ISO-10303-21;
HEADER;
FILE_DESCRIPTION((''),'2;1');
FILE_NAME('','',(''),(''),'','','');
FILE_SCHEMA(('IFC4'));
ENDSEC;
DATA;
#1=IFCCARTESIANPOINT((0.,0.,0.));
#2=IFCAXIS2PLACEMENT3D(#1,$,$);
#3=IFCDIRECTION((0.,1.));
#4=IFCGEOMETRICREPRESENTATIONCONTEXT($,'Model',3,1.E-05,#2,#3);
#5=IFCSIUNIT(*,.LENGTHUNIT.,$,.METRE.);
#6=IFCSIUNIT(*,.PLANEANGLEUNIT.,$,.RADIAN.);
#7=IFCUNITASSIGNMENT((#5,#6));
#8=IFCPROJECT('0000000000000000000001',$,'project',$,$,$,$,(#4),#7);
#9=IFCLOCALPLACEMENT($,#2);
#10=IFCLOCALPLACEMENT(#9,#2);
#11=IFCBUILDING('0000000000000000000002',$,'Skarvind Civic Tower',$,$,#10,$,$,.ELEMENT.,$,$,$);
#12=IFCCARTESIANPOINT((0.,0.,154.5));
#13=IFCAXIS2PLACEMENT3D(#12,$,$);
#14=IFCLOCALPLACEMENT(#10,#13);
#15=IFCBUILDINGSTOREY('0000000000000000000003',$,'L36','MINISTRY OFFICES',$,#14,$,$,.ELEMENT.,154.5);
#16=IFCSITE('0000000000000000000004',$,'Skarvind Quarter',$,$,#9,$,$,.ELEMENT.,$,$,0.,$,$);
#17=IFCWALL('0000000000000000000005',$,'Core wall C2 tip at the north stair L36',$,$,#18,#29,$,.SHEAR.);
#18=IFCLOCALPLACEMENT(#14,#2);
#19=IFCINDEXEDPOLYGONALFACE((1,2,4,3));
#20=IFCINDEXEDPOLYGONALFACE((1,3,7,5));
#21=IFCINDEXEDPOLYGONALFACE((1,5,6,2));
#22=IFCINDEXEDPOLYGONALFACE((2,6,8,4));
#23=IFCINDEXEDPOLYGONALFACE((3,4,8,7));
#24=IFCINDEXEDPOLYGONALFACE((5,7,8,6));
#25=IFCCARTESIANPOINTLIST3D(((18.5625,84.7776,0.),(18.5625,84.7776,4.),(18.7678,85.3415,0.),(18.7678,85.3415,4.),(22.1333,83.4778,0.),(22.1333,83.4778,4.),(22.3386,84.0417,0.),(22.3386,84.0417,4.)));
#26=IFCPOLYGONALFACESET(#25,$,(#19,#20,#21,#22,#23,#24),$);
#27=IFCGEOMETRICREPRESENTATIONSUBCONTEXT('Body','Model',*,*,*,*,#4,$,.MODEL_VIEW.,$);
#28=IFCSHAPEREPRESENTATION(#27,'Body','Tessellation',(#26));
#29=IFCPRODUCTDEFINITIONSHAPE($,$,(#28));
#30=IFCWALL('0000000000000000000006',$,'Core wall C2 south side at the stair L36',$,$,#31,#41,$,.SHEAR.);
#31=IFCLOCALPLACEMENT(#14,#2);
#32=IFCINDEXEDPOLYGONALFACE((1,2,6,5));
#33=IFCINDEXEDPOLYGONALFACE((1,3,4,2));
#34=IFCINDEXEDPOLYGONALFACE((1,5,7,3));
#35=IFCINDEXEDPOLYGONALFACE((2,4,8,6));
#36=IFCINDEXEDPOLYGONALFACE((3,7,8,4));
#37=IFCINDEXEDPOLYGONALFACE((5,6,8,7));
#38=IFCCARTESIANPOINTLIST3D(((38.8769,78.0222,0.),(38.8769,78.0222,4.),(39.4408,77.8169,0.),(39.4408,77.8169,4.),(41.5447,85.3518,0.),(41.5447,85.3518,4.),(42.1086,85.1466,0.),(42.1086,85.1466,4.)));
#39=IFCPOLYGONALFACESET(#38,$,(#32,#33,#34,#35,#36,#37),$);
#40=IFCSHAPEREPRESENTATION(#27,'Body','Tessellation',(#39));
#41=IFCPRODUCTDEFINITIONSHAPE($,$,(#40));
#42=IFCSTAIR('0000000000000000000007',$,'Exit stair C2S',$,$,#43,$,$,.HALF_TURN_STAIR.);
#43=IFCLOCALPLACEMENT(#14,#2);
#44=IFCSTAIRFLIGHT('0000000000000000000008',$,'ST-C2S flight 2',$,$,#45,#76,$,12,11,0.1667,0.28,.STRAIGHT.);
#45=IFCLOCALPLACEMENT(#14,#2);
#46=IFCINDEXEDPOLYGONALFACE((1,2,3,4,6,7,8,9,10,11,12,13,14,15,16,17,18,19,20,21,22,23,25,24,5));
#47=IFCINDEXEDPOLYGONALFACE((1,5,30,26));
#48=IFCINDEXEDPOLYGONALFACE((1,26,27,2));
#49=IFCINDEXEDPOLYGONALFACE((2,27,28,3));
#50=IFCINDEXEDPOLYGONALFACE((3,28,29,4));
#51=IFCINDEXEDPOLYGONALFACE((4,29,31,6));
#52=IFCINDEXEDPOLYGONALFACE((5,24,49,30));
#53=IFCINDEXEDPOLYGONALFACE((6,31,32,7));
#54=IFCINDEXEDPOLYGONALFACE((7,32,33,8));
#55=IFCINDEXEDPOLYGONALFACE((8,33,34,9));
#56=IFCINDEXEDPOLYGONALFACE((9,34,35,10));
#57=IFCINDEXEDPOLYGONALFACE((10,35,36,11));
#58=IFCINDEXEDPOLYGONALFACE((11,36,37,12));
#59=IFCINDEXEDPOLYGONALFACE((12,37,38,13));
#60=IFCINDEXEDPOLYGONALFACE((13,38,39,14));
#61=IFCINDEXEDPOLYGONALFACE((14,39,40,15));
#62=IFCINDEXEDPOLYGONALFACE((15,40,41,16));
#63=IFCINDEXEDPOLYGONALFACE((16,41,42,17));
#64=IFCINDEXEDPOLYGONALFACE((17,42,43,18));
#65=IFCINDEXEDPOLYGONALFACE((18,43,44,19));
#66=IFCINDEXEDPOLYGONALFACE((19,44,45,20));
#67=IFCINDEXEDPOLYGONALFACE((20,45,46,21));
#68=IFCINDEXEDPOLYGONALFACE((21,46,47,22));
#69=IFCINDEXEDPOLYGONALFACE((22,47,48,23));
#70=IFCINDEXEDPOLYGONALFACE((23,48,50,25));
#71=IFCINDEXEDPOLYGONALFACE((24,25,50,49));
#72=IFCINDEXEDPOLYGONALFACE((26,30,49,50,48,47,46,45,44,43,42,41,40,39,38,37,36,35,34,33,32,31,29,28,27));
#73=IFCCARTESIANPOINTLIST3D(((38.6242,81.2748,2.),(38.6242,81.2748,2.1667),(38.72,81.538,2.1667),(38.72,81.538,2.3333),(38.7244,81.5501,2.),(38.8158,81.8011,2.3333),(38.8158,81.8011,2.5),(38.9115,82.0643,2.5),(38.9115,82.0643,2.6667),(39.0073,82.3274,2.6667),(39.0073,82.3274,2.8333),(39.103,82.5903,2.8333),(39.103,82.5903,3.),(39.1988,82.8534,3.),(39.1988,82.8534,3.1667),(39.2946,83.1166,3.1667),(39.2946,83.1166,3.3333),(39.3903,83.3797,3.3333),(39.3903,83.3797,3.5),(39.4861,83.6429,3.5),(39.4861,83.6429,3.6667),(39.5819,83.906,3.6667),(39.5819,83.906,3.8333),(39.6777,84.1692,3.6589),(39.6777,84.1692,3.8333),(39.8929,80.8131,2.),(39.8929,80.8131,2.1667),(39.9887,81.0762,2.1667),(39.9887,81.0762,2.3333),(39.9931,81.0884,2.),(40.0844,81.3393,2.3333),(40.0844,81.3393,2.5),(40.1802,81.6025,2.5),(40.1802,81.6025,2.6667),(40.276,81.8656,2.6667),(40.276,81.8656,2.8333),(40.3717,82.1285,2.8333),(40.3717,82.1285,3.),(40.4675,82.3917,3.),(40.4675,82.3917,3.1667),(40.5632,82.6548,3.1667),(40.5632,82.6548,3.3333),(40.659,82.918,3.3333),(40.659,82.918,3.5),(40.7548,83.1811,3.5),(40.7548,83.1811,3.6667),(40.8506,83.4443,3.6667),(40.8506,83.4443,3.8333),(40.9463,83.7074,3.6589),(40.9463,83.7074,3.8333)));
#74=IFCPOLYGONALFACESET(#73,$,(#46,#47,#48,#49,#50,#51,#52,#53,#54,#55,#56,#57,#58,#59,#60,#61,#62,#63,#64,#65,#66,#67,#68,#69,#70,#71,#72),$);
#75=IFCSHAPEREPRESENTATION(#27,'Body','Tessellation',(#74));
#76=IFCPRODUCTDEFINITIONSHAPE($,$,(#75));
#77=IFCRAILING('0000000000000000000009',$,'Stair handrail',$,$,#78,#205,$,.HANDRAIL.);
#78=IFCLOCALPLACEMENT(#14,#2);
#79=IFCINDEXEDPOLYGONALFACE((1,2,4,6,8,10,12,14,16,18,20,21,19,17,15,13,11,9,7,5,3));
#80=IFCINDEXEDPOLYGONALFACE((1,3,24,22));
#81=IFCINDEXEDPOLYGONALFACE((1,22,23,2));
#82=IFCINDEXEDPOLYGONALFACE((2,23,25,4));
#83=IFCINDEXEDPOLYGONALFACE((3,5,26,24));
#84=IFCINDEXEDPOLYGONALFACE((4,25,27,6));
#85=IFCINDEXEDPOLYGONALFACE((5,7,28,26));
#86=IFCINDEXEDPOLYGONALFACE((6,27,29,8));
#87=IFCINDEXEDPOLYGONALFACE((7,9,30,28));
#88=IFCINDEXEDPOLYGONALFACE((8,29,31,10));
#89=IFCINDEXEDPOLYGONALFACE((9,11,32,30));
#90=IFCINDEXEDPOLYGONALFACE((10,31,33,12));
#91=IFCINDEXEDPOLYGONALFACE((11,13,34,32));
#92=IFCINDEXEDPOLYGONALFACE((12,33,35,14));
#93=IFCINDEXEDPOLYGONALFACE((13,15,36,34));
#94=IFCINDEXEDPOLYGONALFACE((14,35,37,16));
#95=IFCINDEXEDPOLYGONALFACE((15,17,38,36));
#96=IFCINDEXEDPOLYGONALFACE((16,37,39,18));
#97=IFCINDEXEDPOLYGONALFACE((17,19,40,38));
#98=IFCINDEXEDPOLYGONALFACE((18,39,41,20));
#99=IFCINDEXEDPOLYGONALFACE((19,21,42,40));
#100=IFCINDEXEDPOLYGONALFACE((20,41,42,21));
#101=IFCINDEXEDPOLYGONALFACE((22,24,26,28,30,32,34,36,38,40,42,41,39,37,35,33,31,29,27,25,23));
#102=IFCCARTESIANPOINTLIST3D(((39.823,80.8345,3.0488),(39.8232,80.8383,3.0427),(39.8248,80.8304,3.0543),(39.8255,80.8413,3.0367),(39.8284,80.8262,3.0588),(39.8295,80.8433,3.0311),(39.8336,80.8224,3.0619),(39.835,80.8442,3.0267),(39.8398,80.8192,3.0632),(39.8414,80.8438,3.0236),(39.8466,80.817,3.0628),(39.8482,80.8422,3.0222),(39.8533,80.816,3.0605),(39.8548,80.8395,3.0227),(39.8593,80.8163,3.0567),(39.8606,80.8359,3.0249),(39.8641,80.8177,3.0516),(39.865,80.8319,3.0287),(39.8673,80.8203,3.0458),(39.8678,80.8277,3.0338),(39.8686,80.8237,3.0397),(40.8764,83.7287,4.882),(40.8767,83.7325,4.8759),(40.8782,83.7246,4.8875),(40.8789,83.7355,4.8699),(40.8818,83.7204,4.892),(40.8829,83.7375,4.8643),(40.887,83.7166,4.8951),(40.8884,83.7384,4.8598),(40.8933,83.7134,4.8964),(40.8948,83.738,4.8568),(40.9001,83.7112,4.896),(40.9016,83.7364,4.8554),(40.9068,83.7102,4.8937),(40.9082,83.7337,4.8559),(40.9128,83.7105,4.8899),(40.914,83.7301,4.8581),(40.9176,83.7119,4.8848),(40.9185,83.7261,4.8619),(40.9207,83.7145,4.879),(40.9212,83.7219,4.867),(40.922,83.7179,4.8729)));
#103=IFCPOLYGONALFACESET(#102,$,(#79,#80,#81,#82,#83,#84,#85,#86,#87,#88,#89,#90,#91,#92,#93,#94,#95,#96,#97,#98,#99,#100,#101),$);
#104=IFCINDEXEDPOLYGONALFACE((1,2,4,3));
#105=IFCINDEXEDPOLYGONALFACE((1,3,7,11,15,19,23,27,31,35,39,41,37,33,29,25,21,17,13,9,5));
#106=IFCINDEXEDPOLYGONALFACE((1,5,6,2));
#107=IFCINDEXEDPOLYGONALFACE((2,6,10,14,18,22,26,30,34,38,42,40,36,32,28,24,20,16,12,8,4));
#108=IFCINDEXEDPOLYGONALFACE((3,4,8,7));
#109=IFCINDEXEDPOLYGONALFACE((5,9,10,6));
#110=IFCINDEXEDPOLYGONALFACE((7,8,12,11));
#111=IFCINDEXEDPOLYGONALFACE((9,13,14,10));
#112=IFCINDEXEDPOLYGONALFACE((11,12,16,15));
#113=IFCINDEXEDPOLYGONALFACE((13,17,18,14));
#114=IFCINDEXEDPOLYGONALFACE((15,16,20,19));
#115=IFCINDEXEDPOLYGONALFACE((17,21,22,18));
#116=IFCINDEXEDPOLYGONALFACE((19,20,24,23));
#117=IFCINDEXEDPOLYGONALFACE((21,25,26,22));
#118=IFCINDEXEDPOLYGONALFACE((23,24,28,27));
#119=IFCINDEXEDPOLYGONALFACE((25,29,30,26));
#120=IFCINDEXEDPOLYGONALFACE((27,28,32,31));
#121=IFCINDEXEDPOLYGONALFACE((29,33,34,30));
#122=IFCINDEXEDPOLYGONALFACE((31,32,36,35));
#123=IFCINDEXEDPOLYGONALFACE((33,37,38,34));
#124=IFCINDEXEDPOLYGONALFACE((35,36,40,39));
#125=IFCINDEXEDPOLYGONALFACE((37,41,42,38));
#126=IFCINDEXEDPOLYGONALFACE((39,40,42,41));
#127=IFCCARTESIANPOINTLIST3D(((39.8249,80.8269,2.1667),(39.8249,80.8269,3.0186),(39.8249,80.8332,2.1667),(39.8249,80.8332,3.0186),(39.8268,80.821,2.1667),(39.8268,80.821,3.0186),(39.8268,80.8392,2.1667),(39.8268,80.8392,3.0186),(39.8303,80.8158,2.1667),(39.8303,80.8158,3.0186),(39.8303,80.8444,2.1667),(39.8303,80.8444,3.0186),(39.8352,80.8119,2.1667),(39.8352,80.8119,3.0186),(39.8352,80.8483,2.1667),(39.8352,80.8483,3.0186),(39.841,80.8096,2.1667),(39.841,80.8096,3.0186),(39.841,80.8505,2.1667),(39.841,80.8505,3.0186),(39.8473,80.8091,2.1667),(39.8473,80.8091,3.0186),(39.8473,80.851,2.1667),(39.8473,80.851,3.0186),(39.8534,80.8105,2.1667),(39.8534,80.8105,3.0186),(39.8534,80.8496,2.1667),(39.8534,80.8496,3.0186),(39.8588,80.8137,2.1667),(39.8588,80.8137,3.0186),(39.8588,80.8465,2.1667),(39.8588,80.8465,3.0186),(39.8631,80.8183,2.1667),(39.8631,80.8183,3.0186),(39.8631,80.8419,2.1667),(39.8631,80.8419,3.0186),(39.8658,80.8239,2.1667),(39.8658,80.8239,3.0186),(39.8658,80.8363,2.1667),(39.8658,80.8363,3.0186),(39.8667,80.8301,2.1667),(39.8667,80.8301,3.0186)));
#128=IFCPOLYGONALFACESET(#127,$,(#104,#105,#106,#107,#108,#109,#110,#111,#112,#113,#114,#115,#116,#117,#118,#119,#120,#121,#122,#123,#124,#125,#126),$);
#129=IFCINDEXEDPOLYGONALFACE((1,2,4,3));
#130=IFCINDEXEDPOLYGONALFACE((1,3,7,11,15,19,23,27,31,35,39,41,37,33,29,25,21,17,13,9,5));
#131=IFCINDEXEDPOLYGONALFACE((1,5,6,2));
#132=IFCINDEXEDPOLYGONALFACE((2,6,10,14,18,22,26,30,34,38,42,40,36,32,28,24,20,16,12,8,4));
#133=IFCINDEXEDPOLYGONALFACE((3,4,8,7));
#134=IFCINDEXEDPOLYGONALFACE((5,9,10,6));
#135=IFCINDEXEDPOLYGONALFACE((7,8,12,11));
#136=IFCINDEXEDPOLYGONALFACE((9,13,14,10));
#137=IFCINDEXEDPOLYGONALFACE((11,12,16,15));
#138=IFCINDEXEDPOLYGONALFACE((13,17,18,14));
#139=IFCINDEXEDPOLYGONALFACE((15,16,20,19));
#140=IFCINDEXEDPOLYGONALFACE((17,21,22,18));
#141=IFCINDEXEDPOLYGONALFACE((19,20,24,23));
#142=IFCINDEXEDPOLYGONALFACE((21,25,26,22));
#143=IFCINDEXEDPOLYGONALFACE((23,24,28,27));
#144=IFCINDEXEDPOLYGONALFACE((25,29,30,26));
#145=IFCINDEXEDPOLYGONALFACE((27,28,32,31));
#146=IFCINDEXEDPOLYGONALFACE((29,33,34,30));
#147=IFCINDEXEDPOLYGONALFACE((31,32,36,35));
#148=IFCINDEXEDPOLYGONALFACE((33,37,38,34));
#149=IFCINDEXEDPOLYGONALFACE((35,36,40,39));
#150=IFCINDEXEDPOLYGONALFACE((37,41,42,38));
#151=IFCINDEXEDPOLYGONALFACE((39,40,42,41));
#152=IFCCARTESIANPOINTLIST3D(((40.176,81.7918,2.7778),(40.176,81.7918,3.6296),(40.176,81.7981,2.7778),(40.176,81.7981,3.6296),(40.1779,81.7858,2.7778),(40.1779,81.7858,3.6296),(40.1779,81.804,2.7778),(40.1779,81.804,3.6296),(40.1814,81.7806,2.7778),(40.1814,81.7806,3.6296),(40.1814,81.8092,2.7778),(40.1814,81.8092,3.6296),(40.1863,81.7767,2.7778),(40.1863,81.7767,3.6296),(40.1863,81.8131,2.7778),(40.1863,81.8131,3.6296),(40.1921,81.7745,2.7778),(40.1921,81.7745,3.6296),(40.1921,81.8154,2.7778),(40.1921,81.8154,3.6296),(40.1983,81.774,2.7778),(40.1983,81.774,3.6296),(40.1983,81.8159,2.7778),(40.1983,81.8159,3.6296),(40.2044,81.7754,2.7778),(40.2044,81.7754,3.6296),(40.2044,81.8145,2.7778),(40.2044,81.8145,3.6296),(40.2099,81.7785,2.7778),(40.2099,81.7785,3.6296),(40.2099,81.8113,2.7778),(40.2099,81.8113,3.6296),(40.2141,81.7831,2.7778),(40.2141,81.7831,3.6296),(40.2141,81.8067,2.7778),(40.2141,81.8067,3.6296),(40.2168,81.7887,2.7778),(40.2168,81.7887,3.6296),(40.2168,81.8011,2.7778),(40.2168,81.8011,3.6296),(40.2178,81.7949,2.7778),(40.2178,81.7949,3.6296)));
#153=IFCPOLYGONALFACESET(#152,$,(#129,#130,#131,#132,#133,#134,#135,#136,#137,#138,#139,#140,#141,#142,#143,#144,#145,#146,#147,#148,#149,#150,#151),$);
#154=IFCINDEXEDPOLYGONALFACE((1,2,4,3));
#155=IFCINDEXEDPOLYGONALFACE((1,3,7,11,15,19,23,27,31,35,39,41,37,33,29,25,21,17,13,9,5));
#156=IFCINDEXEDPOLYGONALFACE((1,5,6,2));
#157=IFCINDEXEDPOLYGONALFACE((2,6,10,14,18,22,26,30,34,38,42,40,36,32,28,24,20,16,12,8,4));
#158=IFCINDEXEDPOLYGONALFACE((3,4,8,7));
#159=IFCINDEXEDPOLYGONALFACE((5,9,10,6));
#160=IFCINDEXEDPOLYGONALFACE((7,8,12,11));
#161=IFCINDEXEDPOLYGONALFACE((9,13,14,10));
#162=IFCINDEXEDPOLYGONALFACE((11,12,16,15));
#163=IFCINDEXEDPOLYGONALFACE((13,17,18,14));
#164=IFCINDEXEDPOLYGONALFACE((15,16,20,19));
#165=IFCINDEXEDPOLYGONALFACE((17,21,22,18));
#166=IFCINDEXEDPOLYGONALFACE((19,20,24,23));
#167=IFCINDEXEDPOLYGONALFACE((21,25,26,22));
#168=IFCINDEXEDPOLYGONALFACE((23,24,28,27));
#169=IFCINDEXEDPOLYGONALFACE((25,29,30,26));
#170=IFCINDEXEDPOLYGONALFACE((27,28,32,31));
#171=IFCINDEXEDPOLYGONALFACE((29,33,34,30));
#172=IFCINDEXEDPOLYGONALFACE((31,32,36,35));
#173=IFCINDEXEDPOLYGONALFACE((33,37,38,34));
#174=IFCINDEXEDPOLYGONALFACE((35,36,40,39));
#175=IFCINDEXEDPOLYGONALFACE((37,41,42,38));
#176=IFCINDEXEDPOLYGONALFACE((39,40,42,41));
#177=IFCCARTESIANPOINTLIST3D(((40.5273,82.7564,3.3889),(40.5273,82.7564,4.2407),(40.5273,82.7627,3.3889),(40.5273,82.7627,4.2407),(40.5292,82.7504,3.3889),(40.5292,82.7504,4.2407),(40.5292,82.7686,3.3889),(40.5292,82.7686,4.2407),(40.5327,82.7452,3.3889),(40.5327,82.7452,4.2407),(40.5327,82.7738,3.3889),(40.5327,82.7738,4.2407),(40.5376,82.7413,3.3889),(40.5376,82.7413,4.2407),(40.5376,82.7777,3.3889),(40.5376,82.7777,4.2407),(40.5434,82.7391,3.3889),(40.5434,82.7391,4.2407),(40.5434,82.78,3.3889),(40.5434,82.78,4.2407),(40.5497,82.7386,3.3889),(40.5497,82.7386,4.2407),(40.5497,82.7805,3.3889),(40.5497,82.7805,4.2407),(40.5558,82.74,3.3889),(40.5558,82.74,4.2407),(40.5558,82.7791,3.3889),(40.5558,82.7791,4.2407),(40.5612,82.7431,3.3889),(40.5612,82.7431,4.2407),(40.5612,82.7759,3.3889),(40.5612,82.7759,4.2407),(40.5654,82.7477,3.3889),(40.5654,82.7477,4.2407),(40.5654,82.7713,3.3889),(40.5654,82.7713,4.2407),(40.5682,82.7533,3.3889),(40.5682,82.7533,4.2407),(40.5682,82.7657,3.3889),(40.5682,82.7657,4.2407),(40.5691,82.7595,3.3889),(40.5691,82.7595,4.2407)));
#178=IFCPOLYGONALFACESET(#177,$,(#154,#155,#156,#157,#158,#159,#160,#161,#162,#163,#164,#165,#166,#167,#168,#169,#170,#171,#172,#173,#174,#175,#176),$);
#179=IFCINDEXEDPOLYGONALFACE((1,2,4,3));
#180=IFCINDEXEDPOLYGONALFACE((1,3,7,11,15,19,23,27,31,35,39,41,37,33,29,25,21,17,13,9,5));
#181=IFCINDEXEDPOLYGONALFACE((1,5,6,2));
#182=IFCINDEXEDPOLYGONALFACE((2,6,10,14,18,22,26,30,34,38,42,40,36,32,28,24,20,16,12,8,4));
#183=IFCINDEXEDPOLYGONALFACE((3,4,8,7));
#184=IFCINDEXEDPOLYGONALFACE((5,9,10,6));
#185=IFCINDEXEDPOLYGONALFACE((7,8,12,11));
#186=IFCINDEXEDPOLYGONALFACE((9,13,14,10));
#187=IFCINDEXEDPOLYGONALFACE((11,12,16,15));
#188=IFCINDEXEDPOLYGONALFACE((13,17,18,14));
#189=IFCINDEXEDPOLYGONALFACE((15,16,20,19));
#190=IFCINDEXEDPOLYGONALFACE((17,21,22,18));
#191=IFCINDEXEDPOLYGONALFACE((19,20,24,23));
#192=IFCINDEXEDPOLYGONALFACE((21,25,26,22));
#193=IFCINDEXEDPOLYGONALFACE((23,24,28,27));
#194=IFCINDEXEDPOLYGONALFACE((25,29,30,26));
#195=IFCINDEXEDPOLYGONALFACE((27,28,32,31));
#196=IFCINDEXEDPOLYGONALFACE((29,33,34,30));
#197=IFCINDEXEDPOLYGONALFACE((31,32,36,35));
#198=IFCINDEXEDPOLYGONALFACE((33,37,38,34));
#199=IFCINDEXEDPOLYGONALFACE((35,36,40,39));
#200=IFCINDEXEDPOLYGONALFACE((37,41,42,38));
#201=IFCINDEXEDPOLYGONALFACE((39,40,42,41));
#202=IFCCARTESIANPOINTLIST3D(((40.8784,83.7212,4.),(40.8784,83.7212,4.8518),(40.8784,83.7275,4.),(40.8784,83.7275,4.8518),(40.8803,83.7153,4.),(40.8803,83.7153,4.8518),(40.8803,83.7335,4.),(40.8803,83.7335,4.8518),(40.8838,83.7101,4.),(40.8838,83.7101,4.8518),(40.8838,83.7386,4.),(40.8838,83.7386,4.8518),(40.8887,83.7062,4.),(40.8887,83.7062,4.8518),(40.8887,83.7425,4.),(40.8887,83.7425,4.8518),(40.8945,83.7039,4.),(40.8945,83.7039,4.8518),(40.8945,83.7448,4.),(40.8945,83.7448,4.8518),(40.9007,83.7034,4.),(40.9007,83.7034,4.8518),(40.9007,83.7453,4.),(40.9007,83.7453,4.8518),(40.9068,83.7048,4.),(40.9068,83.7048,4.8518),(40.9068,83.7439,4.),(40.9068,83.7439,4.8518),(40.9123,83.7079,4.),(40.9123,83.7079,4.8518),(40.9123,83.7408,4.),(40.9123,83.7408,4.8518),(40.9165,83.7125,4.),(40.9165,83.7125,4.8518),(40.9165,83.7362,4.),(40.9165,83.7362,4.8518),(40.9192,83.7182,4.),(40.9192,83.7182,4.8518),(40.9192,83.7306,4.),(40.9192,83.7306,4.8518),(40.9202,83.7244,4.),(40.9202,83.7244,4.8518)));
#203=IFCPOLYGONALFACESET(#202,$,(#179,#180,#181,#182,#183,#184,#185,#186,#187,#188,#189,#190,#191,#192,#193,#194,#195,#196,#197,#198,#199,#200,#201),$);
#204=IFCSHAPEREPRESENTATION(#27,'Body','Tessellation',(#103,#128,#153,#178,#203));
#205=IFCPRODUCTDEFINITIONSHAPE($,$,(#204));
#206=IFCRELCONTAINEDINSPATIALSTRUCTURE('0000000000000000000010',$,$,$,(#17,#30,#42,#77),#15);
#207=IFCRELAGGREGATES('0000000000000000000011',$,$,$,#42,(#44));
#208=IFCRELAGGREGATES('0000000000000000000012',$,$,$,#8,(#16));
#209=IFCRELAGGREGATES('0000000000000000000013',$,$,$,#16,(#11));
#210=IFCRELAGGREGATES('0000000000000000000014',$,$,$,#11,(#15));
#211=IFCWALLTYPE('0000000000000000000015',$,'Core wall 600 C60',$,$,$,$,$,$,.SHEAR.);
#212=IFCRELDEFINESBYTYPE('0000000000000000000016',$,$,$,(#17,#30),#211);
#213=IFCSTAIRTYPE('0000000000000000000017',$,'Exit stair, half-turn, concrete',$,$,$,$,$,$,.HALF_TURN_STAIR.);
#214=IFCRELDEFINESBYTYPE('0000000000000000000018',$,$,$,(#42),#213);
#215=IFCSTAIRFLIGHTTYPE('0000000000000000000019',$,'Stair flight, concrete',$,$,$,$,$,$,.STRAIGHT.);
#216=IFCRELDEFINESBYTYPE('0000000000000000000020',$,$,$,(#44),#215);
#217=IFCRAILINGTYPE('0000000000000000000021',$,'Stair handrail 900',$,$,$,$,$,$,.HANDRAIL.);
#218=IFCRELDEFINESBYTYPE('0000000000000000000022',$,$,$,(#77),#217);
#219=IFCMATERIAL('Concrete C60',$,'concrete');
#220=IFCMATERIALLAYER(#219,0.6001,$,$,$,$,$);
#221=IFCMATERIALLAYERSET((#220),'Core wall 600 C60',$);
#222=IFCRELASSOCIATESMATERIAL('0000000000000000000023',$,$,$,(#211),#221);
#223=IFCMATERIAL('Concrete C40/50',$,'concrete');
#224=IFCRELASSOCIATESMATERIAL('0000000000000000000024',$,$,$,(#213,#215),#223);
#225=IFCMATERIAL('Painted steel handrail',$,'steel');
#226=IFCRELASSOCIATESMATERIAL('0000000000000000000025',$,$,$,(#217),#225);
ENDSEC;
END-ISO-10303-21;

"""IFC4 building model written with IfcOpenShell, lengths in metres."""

from ifc_helpers import new_model, si_unit, direction, frame, frame_2d, origin, origin_2d, place, context, subcontext, project, spatial, polyline, rectangle, circle, outline, extrude, material, layer, layer_set, type_object, element, aggregate, save


model = new_model("IFC4")

# Units and contexts
model_context = context("Model", 3, precision=1e-05, world=origin(), true_north=direction((0.0, 1.0)))
body_context = subcontext(model_context, "Body", "Model", "MODEL_VIEW")
ifc_project = project(units=[si_unit("LENGTHUNIT", "METRE"), si_unit("PLANEANGLEUNIT", "RADIAN")], contexts=[model_context])

# Site, building, storey
site_placement = place(None, origin())
site = spatial("IfcSite", under=ifc_project, at=site_placement, Name="Skarvind Quarter", CompositionType="ELEMENT", RefElevation=0.0)
building_placement = place(site_placement, origin())
building = spatial("IfcBuilding", under=site, at=building_placement, Name="Skarvind Civic Tower", CompositionType="ELEMENT")
storey_placement = place(building_placement, frame((0.0, 0.0, 154.5)))
storey = spatial("IfcBuildingStorey", under=building, at=storey_placement, Name="L36", Description="MINISTRY OFFICES", CompositionType="ELEMENT", Elevation=154.5)

# Shared definitions
ifc_material_1 = material(Name="Concrete C40/50", Category="concrete")

# Shared definitions
ifc_material_2 = material(Name="Concrete C60", Category="concrete")

# Walls
ifc_layer_1 = layer(ifc_material_2, 0.6001)
ifc_layer_set_1 = layer_set([ifc_layer_1], Name="Core wall 600 C60")
wall_type_1 = type_object("IfcWallType", Name="Core wall 600 C60", PredefinedType="SHEAR", material=ifc_layer_set_1)
for number, where, z_axis, x_axis, name in (
    (1, (22.2358, 83.7598, 0.0), (0.0, 0.0, 1.0), (-0.939681, 0.342053, 0.0), "Core wall C2 tip at the north stair L36"),
):
    element("IfcWall", number, at=place(storey_placement, frame(where, z_axis=z_axis, x_axis=x_axis)), inside=storey, type_object=wall_type_1, Name=name, PredefinedType="SHEAR", context=body_context, shape_type="SweptSolid", body=[
        extrude(rectangle(XDim=3.8, YDim=0.6001, at=frame_2d((1.8999, 0.0))), origin(), (0.0, 0.0, 1.0), 4.0),
    ])
wall_1_placement = place(storey_placement, frame((39.1589, 77.9197, 0.0), z_axis=(0.0, 0.0, 1.0), x_axis=(0.342017, 0.939694, 0.0)))
element("IfcWall", 2, at=wall_1_placement, inside=storey, type_object=wall_type_1, Name="Core wall C2 south side at the stair L36", PredefinedType="SHEAR", context=body_context, shape_type="SweptSolid", body=[
    extrude(rectangle(XDim=7.8, YDim=0.6001, at=frame_2d((3.8999, 0.0))), origin(), (0.0, 0.0, 1.0), 4.0),
])

# Stair, stair flight
stair_type_1 = type_object("IfcStairType", Name="Exit stair, half-turn, concrete", PredefinedType="HALF_TURN_STAIR", material=ifc_material_1)
stair_1_placement = place(storey_placement, origin())
stair_1 = element("IfcStair", 3, at=stair_1_placement, inside=storey, type_object=stair_type_1, Name="Exit stair C2S", PredefinedType="HALF_TURN_STAIR")
stair_flight_type = type_object("IfcStairFlightType", Name="Stair flight, concrete", PredefinedType="STRAIGHT", material=ifc_material_1)
stair_flight_placement = place(storey_placement, frame((39.2585, 81.0439, 2.0), z_axis=(0.0, 0.0, 1.0), x_axis=(0.34202, 0.939693, 0.0)))
stair_flight = element("IfcStairFlight", 4, at=stair_flight_placement, type_object=stair_flight_type, Name="ST-C2S flight 2", NumberOfRisers=12, NumberOfTreads=11, PredefinedType="STRAIGHT", RiserHeight=0.1667, TreadLength=0.28, context=body_context, shape_type="SweptSolid", body=[
    extrude(outline(polyline([(0.0, 0.0), (0.0, 0.1667), (0.28, 0.1667), (0.28, 0.3333), (0.5601, 0.3333), (0.5601, 0.5), (0.8401, 0.5), (0.8401, 0.6667), (1.1201, 0.6667), (1.1201, 0.8333), (1.3999, 0.8333), (1.3999, 1.0), (1.6799, 1.0), (1.6799, 1.1667), (1.96, 1.1667), (1.96, 1.3333), (2.24, 1.3333), (2.24, 1.5), (2.52, 1.5), (2.52, 1.6667), (2.8, 1.6667), (2.8, 1.8333), (3.0801, 1.8333), (3.0801, 2.0), (3.0801, 1.6589), (0.293, 0.0), (0.0, 0.0)])), frame((0.0, 0.675, 0.0), z_axis=(0.0, -1.0, 0.0), x_axis=(1.0, 0.0, 0.0)), (0.0, 0.0, 1.0), 1.3501),
])
aggregate(stair_1, [stair_flight])

# Railing
ifc_material_3 = material(Name="Painted steel handrail", Category="steel")
railing_type = type_object("IfcRailingType", Name="Stair handrail 900", PredefinedType="HANDRAIL", material=ifc_material_3)
railing_placement = place(storey_placement, frame((39.8457, 80.8301, 2.1667)))
element("IfcRailing", 5, at=railing_placement, inside=storey, type_object=railing_type, Name="Stair handrail", PredefinedType="HANDRAIL", context=body_context, shape_type="SweptSolid", body=[
    extrude(circle(Radius=0.0239, at=origin_2d()), frame((0.0, 0.0, 0.876), z_axis=(0.293908, 0.807481, 0.511461), x_axis=(-0.939689, 0.342029, 0.0)), (0.0, 0.0, 1.0), 3.5842),
    extrude(circle(Radius=0.021, at=origin_2d()), origin(), (0.0, 0.0, 1.0), 0.8518),
    extrude(circle(Radius=0.021, at=origin_2d()), frame((0.3511, 0.9648, 0.6111)), (0.0, 0.0, 1.0), 0.8518),
    extrude(circle(Radius=0.021, at=origin_2d()), frame((0.7024, 1.9294, 1.2222)), (0.0, 0.0, 1.0), 0.8518),
    extrude(circle(Radius=0.021, at=origin_2d()), frame((1.0535, 2.8943, 1.8333)), (0.0, 0.0, 1.0), 0.8518),
])

save(model, "model.ifc")
